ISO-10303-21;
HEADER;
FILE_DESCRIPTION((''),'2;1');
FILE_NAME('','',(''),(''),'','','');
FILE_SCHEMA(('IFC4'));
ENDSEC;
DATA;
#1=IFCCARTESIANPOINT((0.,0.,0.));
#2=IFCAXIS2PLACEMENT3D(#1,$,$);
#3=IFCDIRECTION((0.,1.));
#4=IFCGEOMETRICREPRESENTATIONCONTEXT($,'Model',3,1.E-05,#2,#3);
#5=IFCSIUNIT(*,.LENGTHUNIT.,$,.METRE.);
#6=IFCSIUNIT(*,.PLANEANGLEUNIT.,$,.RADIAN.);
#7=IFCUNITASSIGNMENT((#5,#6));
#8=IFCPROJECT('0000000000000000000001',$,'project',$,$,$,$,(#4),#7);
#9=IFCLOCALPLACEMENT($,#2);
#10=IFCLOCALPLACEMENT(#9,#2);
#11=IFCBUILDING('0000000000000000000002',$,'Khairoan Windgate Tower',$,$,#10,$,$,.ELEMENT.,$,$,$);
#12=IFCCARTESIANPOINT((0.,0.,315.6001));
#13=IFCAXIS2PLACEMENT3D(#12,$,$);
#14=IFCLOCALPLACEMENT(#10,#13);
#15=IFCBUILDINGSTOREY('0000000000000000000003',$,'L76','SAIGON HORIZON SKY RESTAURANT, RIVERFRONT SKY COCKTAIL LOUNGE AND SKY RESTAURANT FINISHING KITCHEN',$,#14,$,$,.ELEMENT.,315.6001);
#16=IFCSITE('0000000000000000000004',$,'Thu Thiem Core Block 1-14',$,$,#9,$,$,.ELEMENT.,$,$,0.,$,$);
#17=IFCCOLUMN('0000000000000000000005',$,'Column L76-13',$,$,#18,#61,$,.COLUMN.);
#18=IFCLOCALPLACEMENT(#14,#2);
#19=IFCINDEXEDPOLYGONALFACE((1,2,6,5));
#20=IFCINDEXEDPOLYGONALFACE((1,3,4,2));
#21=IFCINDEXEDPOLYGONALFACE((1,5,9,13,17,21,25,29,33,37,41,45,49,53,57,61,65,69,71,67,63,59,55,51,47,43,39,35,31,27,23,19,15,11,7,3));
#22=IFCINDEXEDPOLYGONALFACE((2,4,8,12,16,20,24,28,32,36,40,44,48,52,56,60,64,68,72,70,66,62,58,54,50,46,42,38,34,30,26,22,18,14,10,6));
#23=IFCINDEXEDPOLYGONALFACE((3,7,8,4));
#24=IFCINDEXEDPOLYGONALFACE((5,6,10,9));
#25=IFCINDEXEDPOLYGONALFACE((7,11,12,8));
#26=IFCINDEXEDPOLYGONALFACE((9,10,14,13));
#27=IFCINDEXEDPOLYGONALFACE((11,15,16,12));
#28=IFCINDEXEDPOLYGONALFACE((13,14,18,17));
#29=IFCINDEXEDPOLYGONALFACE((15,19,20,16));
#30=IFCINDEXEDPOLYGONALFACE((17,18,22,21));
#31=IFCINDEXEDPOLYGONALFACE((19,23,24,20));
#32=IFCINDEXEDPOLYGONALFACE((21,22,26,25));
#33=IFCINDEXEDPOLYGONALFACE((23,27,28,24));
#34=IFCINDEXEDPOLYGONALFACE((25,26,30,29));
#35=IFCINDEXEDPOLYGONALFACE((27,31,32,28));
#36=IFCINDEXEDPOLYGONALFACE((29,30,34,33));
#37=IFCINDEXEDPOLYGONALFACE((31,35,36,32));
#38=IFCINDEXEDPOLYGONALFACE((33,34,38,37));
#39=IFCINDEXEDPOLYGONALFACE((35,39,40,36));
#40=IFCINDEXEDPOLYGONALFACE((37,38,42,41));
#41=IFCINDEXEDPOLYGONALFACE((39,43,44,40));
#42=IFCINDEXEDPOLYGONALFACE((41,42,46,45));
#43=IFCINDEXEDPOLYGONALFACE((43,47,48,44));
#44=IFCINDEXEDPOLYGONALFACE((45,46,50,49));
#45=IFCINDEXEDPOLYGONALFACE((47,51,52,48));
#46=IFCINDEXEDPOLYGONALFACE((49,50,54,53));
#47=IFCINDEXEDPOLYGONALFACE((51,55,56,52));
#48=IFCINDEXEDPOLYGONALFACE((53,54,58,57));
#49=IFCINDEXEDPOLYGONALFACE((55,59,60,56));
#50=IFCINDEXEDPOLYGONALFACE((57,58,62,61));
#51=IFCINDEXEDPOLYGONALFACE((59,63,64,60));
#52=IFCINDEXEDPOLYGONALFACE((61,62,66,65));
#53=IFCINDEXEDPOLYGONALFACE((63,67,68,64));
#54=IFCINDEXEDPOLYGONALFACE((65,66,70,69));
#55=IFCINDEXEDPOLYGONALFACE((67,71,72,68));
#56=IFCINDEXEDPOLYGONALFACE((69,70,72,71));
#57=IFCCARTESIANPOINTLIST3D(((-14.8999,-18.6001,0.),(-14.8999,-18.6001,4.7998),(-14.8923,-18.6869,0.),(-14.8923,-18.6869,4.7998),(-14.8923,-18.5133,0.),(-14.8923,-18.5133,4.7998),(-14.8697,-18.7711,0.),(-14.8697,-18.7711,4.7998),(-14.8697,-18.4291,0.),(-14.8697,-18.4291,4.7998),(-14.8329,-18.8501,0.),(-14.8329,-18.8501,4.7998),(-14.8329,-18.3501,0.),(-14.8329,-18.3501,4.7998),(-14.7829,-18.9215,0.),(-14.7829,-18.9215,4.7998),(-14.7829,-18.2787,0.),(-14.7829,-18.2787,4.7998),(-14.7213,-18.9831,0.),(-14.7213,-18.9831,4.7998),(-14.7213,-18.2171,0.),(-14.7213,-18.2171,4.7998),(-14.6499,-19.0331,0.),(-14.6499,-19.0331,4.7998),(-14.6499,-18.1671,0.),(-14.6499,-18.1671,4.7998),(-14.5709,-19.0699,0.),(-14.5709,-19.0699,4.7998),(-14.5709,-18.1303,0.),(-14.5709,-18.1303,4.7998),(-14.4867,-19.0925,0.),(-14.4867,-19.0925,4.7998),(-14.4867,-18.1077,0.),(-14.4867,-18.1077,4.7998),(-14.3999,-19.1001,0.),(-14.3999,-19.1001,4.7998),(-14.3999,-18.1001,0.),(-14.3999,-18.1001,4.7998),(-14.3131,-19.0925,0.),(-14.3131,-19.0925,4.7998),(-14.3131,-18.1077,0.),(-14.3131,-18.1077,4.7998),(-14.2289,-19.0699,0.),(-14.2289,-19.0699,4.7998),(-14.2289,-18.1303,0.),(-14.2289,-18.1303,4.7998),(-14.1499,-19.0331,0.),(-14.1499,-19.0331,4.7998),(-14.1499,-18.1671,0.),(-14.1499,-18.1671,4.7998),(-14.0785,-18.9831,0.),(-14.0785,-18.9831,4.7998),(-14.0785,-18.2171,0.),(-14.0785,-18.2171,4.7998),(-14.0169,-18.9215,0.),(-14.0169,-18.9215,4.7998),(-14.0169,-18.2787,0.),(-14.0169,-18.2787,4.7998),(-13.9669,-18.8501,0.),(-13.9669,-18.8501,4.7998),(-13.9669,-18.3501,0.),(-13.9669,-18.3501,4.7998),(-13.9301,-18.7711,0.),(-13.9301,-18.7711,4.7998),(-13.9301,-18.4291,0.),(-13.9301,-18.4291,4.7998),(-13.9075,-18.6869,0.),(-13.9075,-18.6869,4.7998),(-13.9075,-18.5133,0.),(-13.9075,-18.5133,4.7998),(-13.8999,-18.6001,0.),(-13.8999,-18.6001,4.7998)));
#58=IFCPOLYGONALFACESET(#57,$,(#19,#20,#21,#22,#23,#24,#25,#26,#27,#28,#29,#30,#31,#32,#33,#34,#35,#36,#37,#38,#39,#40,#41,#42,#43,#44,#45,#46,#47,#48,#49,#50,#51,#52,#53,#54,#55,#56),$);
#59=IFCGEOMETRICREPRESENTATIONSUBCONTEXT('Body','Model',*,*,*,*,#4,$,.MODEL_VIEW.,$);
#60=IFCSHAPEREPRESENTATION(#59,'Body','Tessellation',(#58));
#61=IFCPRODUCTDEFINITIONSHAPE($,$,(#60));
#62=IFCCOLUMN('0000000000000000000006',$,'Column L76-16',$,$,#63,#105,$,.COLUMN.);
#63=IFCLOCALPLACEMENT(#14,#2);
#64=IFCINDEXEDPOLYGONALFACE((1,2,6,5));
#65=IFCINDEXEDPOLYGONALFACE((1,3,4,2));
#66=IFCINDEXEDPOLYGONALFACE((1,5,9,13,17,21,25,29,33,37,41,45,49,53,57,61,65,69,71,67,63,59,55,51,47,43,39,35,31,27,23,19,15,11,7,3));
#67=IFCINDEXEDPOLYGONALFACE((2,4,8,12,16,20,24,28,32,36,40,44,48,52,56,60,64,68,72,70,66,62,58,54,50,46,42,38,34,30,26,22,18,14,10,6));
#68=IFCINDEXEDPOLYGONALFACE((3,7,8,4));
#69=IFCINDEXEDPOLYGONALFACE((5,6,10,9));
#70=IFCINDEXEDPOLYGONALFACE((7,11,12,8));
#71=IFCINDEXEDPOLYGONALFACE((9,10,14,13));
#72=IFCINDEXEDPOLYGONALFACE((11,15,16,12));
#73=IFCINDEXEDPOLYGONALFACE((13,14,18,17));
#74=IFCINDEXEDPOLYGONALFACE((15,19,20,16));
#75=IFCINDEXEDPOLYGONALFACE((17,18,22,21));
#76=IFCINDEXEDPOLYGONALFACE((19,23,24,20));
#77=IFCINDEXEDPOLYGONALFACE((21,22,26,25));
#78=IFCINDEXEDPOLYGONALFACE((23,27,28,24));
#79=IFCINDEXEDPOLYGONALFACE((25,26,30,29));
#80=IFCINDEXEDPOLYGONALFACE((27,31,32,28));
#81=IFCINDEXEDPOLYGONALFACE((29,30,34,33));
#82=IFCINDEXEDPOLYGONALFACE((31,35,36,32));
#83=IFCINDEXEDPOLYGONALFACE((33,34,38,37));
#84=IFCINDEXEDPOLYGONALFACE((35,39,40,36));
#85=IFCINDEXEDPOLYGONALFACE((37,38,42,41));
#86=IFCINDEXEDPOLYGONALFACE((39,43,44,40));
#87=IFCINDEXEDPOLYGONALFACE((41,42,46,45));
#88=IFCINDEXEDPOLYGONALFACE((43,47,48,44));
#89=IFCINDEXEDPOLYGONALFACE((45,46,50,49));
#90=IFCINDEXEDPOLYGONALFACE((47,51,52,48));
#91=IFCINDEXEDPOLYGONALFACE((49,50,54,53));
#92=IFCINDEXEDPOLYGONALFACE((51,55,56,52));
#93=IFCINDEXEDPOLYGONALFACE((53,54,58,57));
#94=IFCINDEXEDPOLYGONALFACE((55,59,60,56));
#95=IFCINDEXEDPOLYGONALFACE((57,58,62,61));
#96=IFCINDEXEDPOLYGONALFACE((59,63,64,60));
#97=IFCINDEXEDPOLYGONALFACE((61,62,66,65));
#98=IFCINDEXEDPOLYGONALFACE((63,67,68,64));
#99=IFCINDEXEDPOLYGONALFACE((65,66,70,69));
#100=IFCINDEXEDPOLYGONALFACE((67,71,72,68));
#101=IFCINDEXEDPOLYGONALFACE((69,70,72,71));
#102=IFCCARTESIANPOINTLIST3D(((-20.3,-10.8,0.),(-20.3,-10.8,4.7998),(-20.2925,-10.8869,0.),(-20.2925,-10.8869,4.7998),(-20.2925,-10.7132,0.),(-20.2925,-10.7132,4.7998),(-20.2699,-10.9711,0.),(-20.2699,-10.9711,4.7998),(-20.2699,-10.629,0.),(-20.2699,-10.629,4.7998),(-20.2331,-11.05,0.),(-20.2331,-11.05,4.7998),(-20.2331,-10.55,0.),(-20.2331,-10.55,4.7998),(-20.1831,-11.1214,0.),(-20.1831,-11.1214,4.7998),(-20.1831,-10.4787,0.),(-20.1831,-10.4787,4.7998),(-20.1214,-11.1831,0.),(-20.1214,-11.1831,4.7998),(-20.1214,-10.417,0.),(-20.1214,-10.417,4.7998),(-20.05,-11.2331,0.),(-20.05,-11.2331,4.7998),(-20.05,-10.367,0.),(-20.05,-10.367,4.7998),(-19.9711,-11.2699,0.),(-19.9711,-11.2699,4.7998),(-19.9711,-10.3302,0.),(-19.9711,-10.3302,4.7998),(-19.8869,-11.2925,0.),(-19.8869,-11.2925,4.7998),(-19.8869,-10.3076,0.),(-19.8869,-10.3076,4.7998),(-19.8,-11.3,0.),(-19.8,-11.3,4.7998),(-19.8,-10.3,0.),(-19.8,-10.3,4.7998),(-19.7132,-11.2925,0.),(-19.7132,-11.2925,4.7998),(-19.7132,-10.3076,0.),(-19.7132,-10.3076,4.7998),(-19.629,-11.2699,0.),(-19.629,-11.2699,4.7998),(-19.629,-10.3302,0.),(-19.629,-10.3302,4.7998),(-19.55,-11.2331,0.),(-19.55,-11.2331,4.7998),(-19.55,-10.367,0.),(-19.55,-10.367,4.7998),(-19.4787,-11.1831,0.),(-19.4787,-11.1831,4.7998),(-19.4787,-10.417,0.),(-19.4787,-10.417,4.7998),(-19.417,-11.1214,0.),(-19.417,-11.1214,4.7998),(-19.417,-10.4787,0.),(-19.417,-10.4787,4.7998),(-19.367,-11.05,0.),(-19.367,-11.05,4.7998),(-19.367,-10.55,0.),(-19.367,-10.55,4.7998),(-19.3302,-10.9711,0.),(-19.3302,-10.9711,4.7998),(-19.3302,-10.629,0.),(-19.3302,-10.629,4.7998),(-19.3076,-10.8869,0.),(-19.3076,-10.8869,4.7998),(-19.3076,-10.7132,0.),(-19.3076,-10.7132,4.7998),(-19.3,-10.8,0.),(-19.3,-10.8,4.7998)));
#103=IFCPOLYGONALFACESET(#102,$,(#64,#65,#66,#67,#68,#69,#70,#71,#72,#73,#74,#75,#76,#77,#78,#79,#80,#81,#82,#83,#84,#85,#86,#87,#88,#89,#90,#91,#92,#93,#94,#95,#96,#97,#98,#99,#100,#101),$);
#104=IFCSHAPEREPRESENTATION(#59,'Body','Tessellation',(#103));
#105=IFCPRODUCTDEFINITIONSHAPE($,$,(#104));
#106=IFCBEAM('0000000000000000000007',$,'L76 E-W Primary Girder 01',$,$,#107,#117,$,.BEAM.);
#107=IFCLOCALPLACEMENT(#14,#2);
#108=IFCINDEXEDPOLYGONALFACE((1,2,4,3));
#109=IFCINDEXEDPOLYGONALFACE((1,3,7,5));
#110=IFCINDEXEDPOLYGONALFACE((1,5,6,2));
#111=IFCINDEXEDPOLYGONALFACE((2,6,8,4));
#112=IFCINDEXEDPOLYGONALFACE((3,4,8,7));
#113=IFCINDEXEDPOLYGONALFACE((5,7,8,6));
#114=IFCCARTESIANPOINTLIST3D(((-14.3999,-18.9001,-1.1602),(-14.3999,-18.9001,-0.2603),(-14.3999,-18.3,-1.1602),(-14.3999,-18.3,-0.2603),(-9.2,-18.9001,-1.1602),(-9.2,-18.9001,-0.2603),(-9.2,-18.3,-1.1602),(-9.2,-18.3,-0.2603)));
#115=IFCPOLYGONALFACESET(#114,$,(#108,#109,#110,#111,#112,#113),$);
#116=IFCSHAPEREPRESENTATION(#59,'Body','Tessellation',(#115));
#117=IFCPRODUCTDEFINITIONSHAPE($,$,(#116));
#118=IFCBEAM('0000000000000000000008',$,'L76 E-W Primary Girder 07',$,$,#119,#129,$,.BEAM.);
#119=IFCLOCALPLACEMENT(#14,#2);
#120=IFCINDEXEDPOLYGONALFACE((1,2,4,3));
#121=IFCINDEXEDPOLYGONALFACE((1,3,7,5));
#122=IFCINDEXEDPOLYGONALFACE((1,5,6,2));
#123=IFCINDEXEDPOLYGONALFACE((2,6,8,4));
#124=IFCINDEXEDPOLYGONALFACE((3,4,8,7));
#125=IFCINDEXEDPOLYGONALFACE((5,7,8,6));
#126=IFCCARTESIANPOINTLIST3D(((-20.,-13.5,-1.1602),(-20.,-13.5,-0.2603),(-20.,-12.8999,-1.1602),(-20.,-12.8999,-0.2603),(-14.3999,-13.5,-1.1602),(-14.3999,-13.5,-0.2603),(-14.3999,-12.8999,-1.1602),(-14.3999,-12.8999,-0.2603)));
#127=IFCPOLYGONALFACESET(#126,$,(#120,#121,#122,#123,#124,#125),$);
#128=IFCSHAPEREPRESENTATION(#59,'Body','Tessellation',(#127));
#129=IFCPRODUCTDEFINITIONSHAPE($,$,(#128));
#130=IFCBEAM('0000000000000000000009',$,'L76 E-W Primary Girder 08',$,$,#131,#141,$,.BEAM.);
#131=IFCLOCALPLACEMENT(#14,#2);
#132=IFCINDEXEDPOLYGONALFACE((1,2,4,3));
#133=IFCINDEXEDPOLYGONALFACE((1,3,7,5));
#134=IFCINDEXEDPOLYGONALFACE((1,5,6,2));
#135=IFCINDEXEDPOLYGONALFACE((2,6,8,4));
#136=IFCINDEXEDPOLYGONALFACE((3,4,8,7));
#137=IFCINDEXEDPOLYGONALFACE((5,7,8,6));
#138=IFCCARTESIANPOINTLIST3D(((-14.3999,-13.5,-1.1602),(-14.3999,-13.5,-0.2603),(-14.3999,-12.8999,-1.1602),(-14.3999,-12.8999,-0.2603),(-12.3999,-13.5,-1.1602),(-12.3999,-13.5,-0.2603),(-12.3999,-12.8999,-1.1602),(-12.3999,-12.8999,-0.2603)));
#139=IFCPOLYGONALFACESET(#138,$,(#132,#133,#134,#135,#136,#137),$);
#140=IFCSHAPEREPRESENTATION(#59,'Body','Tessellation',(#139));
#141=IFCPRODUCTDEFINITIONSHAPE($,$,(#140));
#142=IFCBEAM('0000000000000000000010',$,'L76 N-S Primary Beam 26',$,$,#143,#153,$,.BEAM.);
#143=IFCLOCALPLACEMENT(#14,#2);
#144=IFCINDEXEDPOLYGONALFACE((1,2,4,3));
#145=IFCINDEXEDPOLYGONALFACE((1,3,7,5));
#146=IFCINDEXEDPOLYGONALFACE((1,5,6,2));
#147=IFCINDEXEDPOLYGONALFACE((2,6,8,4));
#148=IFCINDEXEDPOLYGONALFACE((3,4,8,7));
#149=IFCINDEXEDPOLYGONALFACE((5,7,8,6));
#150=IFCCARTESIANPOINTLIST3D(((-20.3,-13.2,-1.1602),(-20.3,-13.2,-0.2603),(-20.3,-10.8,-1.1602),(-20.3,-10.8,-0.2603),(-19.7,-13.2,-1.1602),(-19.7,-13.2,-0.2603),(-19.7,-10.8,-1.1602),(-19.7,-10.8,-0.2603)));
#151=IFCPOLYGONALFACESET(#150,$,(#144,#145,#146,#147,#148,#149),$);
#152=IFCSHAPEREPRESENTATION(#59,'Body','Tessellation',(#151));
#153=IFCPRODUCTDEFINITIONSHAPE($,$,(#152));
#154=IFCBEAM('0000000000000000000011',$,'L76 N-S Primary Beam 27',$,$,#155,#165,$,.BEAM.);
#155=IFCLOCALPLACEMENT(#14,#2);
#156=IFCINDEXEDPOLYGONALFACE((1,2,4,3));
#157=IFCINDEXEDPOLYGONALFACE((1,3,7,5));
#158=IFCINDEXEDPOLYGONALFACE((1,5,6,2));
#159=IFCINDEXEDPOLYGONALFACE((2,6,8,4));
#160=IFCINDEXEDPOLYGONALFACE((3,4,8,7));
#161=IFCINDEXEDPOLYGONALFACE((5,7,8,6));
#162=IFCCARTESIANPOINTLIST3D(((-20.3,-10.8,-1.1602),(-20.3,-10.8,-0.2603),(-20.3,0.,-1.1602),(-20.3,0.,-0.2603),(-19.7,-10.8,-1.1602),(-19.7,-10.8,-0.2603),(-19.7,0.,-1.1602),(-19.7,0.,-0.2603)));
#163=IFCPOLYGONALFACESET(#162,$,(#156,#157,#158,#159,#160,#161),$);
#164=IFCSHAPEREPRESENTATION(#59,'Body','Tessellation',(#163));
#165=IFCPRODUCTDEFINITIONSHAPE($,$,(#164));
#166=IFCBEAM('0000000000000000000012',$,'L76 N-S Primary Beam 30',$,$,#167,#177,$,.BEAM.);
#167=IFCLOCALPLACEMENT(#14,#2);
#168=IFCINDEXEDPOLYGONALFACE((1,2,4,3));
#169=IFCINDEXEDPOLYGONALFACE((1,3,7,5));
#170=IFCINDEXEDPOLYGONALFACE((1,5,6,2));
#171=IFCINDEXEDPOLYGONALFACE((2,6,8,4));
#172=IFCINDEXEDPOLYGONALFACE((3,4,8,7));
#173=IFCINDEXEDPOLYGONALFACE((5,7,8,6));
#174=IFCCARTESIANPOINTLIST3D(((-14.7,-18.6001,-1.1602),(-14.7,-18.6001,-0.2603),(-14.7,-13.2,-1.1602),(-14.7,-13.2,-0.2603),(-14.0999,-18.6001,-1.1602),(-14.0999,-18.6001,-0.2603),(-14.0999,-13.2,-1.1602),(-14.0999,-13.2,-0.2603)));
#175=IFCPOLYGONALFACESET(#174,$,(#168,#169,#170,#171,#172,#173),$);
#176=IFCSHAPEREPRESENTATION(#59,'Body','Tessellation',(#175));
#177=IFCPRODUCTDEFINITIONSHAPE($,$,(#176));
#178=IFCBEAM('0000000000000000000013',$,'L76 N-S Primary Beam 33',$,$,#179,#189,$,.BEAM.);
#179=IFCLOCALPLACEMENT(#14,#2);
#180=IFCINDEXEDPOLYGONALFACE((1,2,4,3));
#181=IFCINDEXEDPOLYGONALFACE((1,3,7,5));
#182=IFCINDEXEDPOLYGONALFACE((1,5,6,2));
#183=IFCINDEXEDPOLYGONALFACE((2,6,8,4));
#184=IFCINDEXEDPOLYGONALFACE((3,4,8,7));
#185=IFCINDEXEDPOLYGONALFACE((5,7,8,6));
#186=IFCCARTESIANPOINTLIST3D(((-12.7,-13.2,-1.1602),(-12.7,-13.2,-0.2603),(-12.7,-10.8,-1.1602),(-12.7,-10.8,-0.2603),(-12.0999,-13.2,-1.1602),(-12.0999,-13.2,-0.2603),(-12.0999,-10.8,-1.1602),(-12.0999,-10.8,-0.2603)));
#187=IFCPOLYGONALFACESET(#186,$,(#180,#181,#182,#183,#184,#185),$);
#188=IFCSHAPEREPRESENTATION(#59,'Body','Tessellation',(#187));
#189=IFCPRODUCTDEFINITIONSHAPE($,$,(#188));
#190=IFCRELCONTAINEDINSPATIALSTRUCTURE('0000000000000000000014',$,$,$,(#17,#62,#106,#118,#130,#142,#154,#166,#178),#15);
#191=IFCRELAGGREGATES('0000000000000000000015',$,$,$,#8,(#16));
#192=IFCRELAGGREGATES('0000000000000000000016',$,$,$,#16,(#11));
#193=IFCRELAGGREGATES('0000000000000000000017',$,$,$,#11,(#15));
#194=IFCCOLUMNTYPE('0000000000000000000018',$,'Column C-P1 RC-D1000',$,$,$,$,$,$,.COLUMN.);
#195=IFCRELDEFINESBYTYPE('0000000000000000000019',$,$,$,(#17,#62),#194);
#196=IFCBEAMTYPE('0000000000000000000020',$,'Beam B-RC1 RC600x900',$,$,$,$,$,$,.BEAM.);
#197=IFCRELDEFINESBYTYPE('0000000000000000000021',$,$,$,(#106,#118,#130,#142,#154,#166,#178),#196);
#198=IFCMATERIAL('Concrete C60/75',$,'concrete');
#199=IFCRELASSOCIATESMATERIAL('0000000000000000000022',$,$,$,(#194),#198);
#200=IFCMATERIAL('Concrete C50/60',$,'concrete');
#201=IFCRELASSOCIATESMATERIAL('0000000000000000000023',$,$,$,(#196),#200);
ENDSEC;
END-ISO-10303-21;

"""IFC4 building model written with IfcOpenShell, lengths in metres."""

from ifc_helpers import new_model, si_unit, direction, frame, origin, origin_2d, place, context, subcontext, project, spatial, rectangle, circle, extrude, material, material_profile, profile_set, type_object, element, save


model = new_model("IFC4")

# Units and contexts
model_context = context("Model", 3, precision=1e-05, world=origin(), true_north=direction((0.0, 1.0)))
body_context = subcontext(model_context, "Body", "Model", "MODEL_VIEW")
ifc_project = project(units=[si_unit("LENGTHUNIT", "METRE"), si_unit("PLANEANGLEUNIT", "RADIAN")], contexts=[model_context])

# Site, building, storey
site_placement = place(None, origin())
site = spatial("IfcSite", under=ifc_project, at=site_placement, Name="Thu Thiem Core Block 1-14", CompositionType="ELEMENT", RefElevation=0.0)
building_placement = place(site_placement, origin())
building = spatial("IfcBuilding", under=site, at=building_placement, Name="Khairoan Windgate Tower", CompositionType="ELEMENT")
storey_placement = place(building_placement, frame((0.0, 0.0, 315.6001)))
storey = spatial("IfcBuildingStorey", under=building, at=storey_placement, Name="L76", Description="SAIGON HORIZON SKY RESTAURANT, RIVERFRONT SKY COCKTAIL LOUNGE AND SKY RESTAURANT FINISHING KITCHEN", CompositionType="ELEMENT", Elevation=315.6001)

# Columns
ifc_material_1 = material(Name="Concrete C60/75", Category="concrete")
ifc_material_profile_1 = material_profile(ifc_material_1, circle(Radius=0.5, at=origin_2d()))
ifc_profile_set_1 = profile_set([ifc_material_profile_1], Name="Concrete C60/75")
column_type = type_object("IfcColumnType", Name="Column C-P1 RC-D1000", PredefinedType="COLUMN", material=ifc_profile_set_1)
for number, where, z_axis, x_axis, name in (
    (1, (-14.3999, -18.6001, 0.0), (0.0, 0.0, 1.0), (1.0, 0.0, 0.0), "Column L76-13"),
    (2, (-19.8, -10.8, 0.0), (0.0, 0.0, 1.0), (1.0, 0.0, 0.0), "Column L76-16"),
):
    element("IfcColumn", number, at=place(storey_placement, frame(where, z_axis=z_axis, x_axis=x_axis)), inside=storey, type_object=column_type, Name=name, PredefinedType="COLUMN", context=body_context, shape_type="SweptSolid", body=[
        extrude(circle(Radius=0.5, at=origin_2d()), origin(), (0.0, 0.0, 1.0), 4.7998),
    ])

# Beams
ifc_material_2 = material(Name="Concrete C50/60", Category="concrete")
ifc_material_profile_2 = material_profile(ifc_material_2, rectangle(XDim=0.6001, YDim=0.8999, at=origin_2d()))
ifc_profile_set_2 = profile_set([ifc_material_profile_2], Name="Concrete C50/60")
beam_type = type_object("IfcBeamType", Name="Beam B-RC1 RC600x900", PredefinedType="BEAM", material=ifc_profile_set_2)
beam_1_placement = place(storey_placement, frame((-14.3999, -18.6001, -0.7102), z_axis=(1.0, 0.0, 0.0), x_axis=(0.0, 1.0, 0.0)))
element("IfcBeam", 3, at=beam_1_placement, inside=storey, type_object=beam_type, Name="L76 E-W Primary Girder 01", PredefinedType="BEAM", context=body_context, shape_type="SweptSolid", body=[
    extrude(rectangle(XDim=0.6001, YDim=0.8999, at=origin_2d()), origin(), (0.0, 0.0, 1.0), 5.2),
])
beam_2_placement = place(storey_placement, frame((-20.0, -13.2, -0.7102), z_axis=(1.0, 0.0, 0.0), x_axis=(0.0, 1.0, 0.0)))
element("IfcBeam", 4, at=beam_2_placement, inside=storey, type_object=beam_type, Name="L76 E-W Primary Girder 07", PredefinedType="BEAM", context=body_context, shape_type="SweptSolid", body=[
    extrude(rectangle(XDim=0.6001, YDim=0.8999, at=origin_2d()), origin(), (0.0, 0.0, 1.0), 5.6001),
])
beam_3_placement = place(storey_placement, frame((-14.3999, -13.2, -0.7102), z_axis=(1.0, 0.0, 0.0), x_axis=(0.0, 1.0, 0.0)))
element("IfcBeam", 5, at=beam_3_placement, inside=storey, type_object=beam_type, Name="L76 E-W Primary Girder 08", PredefinedType="BEAM", context=body_context, shape_type="SweptSolid", body=[
    extrude(rectangle(XDim=0.6001, YDim=0.8999, at=origin_2d()), origin(), (0.0, 0.0, 1.0), 2.0),
])
beam_4_placement = place(storey_placement, frame((-20.0, -13.2, -0.7102), z_axis=(0.0, 1.0, 0.0), x_axis=(-1.0, 0.0, 0.0)))
element("IfcBeam", 6, at=beam_4_placement, inside=storey, type_object=beam_type, Name="L76 N-S Primary Beam 26", PredefinedType="BEAM", context=body_context, shape_type="SweptSolid", body=[
    extrude(rectangle(XDim=0.6001, YDim=0.8999, at=origin_2d()), origin(), (0.0, 0.0, 1.0), 2.3999),
])
beam_5_placement = place(storey_placement, frame((-20.0, -10.8, -0.7102), z_axis=(0.0, 1.0, 0.0), x_axis=(-1.0, 0.0, 0.0)))
element("IfcBeam", 7, at=beam_5_placement, inside=storey, type_object=beam_type, Name="L76 N-S Primary Beam 27", PredefinedType="BEAM", context=body_context, shape_type="SweptSolid", body=[
    extrude(rectangle(XDim=0.6001, YDim=0.8999, at=origin_2d()), origin(), (0.0, 0.0, 1.0), 10.8),
])
beam_6_placement = place(storey_placement, frame((-14.3999, -18.6001, -0.7102), z_axis=(0.0, 1.0, 0.0), x_axis=(-1.0, 0.0, 0.0)))
element("IfcBeam", 8, at=beam_6_placement, inside=storey, type_object=beam_type, Name="L76 N-S Primary Beam 30", PredefinedType="BEAM", context=body_context, shape_type="SweptSolid", body=[
    extrude(rectangle(XDim=0.6001, YDim=0.8999, at=origin_2d()), origin(), (0.0, 0.0, 1.0), 5.4001),
])
beam_7_placement = place(storey_placement, frame((-12.3999, -13.2, -0.7102), z_axis=(0.0, 1.0, 0.0), x_axis=(-1.0, 0.0, 0.0)))
element("IfcBeam", 9, at=beam_7_placement, inside=storey, type_object=beam_type, Name="L76 N-S Primary Beam 33", PredefinedType="BEAM", context=body_context, shape_type="SweptSolid", body=[
    extrude(rectangle(XDim=0.6001, YDim=0.8999, at=origin_2d()), origin(), (0.0, 0.0, 1.0), 2.3999),
])

save(model, "model.ifc")
